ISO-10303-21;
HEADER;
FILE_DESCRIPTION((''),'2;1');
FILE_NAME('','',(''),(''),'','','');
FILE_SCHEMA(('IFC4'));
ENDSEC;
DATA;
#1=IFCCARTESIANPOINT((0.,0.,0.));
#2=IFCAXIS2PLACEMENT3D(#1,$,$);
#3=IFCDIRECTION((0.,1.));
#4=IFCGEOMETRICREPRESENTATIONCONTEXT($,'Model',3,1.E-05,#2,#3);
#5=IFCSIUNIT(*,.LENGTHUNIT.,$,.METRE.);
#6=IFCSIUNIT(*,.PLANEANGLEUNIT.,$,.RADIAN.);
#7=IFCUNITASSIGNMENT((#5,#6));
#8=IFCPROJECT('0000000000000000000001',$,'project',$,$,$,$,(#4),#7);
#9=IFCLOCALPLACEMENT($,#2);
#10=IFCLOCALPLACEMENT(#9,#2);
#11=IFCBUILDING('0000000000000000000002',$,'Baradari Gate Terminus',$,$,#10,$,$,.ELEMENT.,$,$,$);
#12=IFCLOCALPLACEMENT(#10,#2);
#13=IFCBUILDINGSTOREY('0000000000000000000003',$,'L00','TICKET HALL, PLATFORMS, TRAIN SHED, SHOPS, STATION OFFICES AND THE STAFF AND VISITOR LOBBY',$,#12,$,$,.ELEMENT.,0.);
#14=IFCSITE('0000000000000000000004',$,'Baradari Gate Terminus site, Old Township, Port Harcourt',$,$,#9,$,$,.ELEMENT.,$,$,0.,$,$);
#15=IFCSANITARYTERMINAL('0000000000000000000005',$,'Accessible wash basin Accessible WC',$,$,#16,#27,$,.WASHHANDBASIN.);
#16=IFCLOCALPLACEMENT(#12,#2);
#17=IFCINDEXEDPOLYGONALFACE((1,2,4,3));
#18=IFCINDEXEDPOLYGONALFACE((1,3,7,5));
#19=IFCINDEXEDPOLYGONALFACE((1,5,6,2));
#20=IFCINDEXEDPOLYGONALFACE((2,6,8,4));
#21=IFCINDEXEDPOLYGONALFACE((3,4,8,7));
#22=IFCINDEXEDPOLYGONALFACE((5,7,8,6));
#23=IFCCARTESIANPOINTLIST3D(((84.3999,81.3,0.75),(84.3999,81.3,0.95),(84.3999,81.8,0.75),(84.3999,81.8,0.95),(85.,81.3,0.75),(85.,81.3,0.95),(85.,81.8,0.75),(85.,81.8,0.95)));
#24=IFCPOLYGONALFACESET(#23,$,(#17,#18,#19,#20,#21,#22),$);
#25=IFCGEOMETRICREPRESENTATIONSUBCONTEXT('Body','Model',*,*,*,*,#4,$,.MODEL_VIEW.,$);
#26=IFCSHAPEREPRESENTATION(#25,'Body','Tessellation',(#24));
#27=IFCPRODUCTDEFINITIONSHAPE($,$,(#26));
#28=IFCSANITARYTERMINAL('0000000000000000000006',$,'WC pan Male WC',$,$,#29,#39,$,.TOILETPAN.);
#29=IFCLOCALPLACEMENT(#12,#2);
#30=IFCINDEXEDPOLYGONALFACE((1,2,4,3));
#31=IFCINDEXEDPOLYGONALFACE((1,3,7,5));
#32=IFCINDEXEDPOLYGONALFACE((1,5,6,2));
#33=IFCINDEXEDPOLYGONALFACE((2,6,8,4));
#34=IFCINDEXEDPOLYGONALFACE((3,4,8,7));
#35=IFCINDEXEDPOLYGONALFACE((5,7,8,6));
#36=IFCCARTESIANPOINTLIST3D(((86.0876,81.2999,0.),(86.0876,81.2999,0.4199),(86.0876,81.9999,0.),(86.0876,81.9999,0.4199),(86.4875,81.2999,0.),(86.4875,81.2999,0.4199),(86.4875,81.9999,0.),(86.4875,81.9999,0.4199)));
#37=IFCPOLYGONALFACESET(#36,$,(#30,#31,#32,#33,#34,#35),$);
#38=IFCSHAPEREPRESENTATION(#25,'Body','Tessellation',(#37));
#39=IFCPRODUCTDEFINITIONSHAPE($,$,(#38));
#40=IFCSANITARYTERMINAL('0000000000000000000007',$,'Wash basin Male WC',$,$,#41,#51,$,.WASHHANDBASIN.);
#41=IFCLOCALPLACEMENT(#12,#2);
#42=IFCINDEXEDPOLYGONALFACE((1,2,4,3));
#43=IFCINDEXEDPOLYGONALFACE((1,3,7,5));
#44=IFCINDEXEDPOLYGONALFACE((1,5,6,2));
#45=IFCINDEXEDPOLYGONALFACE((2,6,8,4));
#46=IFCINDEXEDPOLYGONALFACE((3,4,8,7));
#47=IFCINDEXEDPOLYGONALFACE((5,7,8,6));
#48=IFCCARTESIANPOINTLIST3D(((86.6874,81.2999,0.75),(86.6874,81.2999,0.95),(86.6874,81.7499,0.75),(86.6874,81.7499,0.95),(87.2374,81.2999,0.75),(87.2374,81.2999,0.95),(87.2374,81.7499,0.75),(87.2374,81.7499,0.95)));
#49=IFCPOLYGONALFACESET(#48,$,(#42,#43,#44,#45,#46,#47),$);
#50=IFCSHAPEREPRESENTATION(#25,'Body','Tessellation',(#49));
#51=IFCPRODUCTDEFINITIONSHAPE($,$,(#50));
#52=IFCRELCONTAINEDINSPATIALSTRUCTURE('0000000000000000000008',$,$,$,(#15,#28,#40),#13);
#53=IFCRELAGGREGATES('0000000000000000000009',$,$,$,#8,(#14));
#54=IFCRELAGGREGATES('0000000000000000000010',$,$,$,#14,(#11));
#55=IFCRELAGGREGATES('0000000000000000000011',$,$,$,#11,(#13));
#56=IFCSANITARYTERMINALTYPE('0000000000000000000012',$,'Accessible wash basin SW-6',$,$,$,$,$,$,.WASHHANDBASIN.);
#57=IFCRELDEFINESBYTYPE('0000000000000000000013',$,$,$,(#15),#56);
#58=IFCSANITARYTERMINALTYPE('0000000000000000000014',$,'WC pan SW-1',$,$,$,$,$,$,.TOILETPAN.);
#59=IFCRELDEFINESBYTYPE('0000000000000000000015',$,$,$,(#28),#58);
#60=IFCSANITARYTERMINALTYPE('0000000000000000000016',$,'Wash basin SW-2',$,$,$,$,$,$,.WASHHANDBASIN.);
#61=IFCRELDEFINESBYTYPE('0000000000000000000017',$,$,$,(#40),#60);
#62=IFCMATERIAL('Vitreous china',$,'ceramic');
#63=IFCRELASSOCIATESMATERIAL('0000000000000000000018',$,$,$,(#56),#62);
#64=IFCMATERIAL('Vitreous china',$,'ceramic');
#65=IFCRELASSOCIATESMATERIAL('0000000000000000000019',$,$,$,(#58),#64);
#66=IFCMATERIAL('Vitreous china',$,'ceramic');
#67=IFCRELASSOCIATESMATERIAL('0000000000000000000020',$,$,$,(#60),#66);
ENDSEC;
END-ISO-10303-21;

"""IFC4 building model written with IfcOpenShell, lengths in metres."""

from ifc_helpers import new_model, si_unit, direction, frame, origin, origin_2d, place, context, subcontext, project, spatial, rectangle, extrude, material, type_object, element, save


model = new_model("IFC4")

# Units and contexts
model_context = context("Model", 3, precision=1e-05, world=origin(), true_north=direction((0.0, 1.0)))
body_context = subcontext(model_context, "Body", "Model", "MODEL_VIEW")
ifc_project = project(units=[si_unit("LENGTHUNIT", "METRE"), si_unit("PLANEANGLEUNIT", "RADIAN")], contexts=[model_context])

# Site, building, storey
site_placement = place(None, origin())
site = spatial("IfcSite", under=ifc_project, at=site_placement, Name="Baradari Gate Terminus site, Old Township, Port Harcourt", CompositionType="ELEMENT", RefElevation=0.0)
building_placement = place(site_placement, origin())
building = spatial("IfcBuilding", under=site, at=building_placement, Name="Baradari Gate Terminus", CompositionType="ELEMENT")
storey_placement = place(building_placement, origin())
storey = spatial("IfcBuildingStorey", under=building, at=storey_placement, Name="L00", Description="TICKET HALL, PLATFORMS, TRAIN SHED, SHOPS, STATION OFFICES AND THE STAFF AND VISITOR LOBBY", CompositionType="ELEMENT", Elevation=0.0)

# Sanitary terminals
ifc_material_1 = material(Name="Vitreous china", Category="ceramic")
sanitary_terminal_type_1 = type_object("IfcSanitaryTerminalType", Name="Accessible wash basin SW-6", PredefinedType="WASHHANDBASIN", material=ifc_material_1)
sanitary_terminal_1_placement = place(storey_placement, frame((84.7, 81.55, 0.75), z_axis=(0.0, 0.0, 1.0), x_axis=(1.0, 0.0, 0.0)))
element("IfcSanitaryTerminal", 1, at=sanitary_terminal_1_placement, inside=storey, type_object=sanitary_terminal_type_1, Name="Accessible wash basin Accessible WC", PredefinedType="WASHHANDBASIN", context=body_context, shape_type="SweptSolid", body=[
    extrude(rectangle(XDim=0.6001, YDim=0.5, at=origin_2d()), origin(), (0.0, 0.0, 1.0), 0.2),
])
ifc_material_2 = material(Name="Vitreous china", Category="ceramic")
sanitary_terminal_type_2 = type_object("IfcSanitaryTerminalType", Name="WC pan SW-1", PredefinedType="TOILETPAN", material=ifc_material_2)
sanitary_terminal_2_placement = place(storey_placement, frame((86.2876, 81.6499, 0.0), z_axis=(0.0, 0.0, 1.0), x_axis=(1.0, 0.0, 0.0)))
element("IfcSanitaryTerminal", 2, at=sanitary_terminal_2_placement, inside=storey, type_object=sanitary_terminal_type_2, Name="WC pan Male WC", PredefinedType="TOILETPAN", context=body_context, shape_type="SweptSolid", body=[
    extrude(rectangle(XDim=0.3999, YDim=0.7, at=origin_2d()), origin(), (0.0, 0.0, 1.0), 0.4199),
])
ifc_material_3 = material(Name="Vitreous china", Category="ceramic")
sanitary_terminal_type_3 = type_object("IfcSanitaryTerminalType", Name="Wash basin SW-2", PredefinedType="WASHHANDBASIN", material=ifc_material_3)
sanitary_terminal_3_placement = place(storey_placement, frame((86.9624, 81.5249, 0.75), z_axis=(0.0, 0.0, 1.0), x_axis=(1.0, 0.0, 0.0)))
element("IfcSanitaryTerminal", 3, at=sanitary_terminal_3_placement, inside=storey, type_object=sanitary_terminal_type_3, Name="Wash basin Male WC", PredefinedType="WASHHANDBASIN", context=body_context, shape_type="SweptSolid", body=[
    extrude(rectangle(XDim=0.55, YDim=0.45, at=origin_2d()), origin(), (0.0, 0.0, 1.0), 0.2),
])

save(model, "model.ifc")
